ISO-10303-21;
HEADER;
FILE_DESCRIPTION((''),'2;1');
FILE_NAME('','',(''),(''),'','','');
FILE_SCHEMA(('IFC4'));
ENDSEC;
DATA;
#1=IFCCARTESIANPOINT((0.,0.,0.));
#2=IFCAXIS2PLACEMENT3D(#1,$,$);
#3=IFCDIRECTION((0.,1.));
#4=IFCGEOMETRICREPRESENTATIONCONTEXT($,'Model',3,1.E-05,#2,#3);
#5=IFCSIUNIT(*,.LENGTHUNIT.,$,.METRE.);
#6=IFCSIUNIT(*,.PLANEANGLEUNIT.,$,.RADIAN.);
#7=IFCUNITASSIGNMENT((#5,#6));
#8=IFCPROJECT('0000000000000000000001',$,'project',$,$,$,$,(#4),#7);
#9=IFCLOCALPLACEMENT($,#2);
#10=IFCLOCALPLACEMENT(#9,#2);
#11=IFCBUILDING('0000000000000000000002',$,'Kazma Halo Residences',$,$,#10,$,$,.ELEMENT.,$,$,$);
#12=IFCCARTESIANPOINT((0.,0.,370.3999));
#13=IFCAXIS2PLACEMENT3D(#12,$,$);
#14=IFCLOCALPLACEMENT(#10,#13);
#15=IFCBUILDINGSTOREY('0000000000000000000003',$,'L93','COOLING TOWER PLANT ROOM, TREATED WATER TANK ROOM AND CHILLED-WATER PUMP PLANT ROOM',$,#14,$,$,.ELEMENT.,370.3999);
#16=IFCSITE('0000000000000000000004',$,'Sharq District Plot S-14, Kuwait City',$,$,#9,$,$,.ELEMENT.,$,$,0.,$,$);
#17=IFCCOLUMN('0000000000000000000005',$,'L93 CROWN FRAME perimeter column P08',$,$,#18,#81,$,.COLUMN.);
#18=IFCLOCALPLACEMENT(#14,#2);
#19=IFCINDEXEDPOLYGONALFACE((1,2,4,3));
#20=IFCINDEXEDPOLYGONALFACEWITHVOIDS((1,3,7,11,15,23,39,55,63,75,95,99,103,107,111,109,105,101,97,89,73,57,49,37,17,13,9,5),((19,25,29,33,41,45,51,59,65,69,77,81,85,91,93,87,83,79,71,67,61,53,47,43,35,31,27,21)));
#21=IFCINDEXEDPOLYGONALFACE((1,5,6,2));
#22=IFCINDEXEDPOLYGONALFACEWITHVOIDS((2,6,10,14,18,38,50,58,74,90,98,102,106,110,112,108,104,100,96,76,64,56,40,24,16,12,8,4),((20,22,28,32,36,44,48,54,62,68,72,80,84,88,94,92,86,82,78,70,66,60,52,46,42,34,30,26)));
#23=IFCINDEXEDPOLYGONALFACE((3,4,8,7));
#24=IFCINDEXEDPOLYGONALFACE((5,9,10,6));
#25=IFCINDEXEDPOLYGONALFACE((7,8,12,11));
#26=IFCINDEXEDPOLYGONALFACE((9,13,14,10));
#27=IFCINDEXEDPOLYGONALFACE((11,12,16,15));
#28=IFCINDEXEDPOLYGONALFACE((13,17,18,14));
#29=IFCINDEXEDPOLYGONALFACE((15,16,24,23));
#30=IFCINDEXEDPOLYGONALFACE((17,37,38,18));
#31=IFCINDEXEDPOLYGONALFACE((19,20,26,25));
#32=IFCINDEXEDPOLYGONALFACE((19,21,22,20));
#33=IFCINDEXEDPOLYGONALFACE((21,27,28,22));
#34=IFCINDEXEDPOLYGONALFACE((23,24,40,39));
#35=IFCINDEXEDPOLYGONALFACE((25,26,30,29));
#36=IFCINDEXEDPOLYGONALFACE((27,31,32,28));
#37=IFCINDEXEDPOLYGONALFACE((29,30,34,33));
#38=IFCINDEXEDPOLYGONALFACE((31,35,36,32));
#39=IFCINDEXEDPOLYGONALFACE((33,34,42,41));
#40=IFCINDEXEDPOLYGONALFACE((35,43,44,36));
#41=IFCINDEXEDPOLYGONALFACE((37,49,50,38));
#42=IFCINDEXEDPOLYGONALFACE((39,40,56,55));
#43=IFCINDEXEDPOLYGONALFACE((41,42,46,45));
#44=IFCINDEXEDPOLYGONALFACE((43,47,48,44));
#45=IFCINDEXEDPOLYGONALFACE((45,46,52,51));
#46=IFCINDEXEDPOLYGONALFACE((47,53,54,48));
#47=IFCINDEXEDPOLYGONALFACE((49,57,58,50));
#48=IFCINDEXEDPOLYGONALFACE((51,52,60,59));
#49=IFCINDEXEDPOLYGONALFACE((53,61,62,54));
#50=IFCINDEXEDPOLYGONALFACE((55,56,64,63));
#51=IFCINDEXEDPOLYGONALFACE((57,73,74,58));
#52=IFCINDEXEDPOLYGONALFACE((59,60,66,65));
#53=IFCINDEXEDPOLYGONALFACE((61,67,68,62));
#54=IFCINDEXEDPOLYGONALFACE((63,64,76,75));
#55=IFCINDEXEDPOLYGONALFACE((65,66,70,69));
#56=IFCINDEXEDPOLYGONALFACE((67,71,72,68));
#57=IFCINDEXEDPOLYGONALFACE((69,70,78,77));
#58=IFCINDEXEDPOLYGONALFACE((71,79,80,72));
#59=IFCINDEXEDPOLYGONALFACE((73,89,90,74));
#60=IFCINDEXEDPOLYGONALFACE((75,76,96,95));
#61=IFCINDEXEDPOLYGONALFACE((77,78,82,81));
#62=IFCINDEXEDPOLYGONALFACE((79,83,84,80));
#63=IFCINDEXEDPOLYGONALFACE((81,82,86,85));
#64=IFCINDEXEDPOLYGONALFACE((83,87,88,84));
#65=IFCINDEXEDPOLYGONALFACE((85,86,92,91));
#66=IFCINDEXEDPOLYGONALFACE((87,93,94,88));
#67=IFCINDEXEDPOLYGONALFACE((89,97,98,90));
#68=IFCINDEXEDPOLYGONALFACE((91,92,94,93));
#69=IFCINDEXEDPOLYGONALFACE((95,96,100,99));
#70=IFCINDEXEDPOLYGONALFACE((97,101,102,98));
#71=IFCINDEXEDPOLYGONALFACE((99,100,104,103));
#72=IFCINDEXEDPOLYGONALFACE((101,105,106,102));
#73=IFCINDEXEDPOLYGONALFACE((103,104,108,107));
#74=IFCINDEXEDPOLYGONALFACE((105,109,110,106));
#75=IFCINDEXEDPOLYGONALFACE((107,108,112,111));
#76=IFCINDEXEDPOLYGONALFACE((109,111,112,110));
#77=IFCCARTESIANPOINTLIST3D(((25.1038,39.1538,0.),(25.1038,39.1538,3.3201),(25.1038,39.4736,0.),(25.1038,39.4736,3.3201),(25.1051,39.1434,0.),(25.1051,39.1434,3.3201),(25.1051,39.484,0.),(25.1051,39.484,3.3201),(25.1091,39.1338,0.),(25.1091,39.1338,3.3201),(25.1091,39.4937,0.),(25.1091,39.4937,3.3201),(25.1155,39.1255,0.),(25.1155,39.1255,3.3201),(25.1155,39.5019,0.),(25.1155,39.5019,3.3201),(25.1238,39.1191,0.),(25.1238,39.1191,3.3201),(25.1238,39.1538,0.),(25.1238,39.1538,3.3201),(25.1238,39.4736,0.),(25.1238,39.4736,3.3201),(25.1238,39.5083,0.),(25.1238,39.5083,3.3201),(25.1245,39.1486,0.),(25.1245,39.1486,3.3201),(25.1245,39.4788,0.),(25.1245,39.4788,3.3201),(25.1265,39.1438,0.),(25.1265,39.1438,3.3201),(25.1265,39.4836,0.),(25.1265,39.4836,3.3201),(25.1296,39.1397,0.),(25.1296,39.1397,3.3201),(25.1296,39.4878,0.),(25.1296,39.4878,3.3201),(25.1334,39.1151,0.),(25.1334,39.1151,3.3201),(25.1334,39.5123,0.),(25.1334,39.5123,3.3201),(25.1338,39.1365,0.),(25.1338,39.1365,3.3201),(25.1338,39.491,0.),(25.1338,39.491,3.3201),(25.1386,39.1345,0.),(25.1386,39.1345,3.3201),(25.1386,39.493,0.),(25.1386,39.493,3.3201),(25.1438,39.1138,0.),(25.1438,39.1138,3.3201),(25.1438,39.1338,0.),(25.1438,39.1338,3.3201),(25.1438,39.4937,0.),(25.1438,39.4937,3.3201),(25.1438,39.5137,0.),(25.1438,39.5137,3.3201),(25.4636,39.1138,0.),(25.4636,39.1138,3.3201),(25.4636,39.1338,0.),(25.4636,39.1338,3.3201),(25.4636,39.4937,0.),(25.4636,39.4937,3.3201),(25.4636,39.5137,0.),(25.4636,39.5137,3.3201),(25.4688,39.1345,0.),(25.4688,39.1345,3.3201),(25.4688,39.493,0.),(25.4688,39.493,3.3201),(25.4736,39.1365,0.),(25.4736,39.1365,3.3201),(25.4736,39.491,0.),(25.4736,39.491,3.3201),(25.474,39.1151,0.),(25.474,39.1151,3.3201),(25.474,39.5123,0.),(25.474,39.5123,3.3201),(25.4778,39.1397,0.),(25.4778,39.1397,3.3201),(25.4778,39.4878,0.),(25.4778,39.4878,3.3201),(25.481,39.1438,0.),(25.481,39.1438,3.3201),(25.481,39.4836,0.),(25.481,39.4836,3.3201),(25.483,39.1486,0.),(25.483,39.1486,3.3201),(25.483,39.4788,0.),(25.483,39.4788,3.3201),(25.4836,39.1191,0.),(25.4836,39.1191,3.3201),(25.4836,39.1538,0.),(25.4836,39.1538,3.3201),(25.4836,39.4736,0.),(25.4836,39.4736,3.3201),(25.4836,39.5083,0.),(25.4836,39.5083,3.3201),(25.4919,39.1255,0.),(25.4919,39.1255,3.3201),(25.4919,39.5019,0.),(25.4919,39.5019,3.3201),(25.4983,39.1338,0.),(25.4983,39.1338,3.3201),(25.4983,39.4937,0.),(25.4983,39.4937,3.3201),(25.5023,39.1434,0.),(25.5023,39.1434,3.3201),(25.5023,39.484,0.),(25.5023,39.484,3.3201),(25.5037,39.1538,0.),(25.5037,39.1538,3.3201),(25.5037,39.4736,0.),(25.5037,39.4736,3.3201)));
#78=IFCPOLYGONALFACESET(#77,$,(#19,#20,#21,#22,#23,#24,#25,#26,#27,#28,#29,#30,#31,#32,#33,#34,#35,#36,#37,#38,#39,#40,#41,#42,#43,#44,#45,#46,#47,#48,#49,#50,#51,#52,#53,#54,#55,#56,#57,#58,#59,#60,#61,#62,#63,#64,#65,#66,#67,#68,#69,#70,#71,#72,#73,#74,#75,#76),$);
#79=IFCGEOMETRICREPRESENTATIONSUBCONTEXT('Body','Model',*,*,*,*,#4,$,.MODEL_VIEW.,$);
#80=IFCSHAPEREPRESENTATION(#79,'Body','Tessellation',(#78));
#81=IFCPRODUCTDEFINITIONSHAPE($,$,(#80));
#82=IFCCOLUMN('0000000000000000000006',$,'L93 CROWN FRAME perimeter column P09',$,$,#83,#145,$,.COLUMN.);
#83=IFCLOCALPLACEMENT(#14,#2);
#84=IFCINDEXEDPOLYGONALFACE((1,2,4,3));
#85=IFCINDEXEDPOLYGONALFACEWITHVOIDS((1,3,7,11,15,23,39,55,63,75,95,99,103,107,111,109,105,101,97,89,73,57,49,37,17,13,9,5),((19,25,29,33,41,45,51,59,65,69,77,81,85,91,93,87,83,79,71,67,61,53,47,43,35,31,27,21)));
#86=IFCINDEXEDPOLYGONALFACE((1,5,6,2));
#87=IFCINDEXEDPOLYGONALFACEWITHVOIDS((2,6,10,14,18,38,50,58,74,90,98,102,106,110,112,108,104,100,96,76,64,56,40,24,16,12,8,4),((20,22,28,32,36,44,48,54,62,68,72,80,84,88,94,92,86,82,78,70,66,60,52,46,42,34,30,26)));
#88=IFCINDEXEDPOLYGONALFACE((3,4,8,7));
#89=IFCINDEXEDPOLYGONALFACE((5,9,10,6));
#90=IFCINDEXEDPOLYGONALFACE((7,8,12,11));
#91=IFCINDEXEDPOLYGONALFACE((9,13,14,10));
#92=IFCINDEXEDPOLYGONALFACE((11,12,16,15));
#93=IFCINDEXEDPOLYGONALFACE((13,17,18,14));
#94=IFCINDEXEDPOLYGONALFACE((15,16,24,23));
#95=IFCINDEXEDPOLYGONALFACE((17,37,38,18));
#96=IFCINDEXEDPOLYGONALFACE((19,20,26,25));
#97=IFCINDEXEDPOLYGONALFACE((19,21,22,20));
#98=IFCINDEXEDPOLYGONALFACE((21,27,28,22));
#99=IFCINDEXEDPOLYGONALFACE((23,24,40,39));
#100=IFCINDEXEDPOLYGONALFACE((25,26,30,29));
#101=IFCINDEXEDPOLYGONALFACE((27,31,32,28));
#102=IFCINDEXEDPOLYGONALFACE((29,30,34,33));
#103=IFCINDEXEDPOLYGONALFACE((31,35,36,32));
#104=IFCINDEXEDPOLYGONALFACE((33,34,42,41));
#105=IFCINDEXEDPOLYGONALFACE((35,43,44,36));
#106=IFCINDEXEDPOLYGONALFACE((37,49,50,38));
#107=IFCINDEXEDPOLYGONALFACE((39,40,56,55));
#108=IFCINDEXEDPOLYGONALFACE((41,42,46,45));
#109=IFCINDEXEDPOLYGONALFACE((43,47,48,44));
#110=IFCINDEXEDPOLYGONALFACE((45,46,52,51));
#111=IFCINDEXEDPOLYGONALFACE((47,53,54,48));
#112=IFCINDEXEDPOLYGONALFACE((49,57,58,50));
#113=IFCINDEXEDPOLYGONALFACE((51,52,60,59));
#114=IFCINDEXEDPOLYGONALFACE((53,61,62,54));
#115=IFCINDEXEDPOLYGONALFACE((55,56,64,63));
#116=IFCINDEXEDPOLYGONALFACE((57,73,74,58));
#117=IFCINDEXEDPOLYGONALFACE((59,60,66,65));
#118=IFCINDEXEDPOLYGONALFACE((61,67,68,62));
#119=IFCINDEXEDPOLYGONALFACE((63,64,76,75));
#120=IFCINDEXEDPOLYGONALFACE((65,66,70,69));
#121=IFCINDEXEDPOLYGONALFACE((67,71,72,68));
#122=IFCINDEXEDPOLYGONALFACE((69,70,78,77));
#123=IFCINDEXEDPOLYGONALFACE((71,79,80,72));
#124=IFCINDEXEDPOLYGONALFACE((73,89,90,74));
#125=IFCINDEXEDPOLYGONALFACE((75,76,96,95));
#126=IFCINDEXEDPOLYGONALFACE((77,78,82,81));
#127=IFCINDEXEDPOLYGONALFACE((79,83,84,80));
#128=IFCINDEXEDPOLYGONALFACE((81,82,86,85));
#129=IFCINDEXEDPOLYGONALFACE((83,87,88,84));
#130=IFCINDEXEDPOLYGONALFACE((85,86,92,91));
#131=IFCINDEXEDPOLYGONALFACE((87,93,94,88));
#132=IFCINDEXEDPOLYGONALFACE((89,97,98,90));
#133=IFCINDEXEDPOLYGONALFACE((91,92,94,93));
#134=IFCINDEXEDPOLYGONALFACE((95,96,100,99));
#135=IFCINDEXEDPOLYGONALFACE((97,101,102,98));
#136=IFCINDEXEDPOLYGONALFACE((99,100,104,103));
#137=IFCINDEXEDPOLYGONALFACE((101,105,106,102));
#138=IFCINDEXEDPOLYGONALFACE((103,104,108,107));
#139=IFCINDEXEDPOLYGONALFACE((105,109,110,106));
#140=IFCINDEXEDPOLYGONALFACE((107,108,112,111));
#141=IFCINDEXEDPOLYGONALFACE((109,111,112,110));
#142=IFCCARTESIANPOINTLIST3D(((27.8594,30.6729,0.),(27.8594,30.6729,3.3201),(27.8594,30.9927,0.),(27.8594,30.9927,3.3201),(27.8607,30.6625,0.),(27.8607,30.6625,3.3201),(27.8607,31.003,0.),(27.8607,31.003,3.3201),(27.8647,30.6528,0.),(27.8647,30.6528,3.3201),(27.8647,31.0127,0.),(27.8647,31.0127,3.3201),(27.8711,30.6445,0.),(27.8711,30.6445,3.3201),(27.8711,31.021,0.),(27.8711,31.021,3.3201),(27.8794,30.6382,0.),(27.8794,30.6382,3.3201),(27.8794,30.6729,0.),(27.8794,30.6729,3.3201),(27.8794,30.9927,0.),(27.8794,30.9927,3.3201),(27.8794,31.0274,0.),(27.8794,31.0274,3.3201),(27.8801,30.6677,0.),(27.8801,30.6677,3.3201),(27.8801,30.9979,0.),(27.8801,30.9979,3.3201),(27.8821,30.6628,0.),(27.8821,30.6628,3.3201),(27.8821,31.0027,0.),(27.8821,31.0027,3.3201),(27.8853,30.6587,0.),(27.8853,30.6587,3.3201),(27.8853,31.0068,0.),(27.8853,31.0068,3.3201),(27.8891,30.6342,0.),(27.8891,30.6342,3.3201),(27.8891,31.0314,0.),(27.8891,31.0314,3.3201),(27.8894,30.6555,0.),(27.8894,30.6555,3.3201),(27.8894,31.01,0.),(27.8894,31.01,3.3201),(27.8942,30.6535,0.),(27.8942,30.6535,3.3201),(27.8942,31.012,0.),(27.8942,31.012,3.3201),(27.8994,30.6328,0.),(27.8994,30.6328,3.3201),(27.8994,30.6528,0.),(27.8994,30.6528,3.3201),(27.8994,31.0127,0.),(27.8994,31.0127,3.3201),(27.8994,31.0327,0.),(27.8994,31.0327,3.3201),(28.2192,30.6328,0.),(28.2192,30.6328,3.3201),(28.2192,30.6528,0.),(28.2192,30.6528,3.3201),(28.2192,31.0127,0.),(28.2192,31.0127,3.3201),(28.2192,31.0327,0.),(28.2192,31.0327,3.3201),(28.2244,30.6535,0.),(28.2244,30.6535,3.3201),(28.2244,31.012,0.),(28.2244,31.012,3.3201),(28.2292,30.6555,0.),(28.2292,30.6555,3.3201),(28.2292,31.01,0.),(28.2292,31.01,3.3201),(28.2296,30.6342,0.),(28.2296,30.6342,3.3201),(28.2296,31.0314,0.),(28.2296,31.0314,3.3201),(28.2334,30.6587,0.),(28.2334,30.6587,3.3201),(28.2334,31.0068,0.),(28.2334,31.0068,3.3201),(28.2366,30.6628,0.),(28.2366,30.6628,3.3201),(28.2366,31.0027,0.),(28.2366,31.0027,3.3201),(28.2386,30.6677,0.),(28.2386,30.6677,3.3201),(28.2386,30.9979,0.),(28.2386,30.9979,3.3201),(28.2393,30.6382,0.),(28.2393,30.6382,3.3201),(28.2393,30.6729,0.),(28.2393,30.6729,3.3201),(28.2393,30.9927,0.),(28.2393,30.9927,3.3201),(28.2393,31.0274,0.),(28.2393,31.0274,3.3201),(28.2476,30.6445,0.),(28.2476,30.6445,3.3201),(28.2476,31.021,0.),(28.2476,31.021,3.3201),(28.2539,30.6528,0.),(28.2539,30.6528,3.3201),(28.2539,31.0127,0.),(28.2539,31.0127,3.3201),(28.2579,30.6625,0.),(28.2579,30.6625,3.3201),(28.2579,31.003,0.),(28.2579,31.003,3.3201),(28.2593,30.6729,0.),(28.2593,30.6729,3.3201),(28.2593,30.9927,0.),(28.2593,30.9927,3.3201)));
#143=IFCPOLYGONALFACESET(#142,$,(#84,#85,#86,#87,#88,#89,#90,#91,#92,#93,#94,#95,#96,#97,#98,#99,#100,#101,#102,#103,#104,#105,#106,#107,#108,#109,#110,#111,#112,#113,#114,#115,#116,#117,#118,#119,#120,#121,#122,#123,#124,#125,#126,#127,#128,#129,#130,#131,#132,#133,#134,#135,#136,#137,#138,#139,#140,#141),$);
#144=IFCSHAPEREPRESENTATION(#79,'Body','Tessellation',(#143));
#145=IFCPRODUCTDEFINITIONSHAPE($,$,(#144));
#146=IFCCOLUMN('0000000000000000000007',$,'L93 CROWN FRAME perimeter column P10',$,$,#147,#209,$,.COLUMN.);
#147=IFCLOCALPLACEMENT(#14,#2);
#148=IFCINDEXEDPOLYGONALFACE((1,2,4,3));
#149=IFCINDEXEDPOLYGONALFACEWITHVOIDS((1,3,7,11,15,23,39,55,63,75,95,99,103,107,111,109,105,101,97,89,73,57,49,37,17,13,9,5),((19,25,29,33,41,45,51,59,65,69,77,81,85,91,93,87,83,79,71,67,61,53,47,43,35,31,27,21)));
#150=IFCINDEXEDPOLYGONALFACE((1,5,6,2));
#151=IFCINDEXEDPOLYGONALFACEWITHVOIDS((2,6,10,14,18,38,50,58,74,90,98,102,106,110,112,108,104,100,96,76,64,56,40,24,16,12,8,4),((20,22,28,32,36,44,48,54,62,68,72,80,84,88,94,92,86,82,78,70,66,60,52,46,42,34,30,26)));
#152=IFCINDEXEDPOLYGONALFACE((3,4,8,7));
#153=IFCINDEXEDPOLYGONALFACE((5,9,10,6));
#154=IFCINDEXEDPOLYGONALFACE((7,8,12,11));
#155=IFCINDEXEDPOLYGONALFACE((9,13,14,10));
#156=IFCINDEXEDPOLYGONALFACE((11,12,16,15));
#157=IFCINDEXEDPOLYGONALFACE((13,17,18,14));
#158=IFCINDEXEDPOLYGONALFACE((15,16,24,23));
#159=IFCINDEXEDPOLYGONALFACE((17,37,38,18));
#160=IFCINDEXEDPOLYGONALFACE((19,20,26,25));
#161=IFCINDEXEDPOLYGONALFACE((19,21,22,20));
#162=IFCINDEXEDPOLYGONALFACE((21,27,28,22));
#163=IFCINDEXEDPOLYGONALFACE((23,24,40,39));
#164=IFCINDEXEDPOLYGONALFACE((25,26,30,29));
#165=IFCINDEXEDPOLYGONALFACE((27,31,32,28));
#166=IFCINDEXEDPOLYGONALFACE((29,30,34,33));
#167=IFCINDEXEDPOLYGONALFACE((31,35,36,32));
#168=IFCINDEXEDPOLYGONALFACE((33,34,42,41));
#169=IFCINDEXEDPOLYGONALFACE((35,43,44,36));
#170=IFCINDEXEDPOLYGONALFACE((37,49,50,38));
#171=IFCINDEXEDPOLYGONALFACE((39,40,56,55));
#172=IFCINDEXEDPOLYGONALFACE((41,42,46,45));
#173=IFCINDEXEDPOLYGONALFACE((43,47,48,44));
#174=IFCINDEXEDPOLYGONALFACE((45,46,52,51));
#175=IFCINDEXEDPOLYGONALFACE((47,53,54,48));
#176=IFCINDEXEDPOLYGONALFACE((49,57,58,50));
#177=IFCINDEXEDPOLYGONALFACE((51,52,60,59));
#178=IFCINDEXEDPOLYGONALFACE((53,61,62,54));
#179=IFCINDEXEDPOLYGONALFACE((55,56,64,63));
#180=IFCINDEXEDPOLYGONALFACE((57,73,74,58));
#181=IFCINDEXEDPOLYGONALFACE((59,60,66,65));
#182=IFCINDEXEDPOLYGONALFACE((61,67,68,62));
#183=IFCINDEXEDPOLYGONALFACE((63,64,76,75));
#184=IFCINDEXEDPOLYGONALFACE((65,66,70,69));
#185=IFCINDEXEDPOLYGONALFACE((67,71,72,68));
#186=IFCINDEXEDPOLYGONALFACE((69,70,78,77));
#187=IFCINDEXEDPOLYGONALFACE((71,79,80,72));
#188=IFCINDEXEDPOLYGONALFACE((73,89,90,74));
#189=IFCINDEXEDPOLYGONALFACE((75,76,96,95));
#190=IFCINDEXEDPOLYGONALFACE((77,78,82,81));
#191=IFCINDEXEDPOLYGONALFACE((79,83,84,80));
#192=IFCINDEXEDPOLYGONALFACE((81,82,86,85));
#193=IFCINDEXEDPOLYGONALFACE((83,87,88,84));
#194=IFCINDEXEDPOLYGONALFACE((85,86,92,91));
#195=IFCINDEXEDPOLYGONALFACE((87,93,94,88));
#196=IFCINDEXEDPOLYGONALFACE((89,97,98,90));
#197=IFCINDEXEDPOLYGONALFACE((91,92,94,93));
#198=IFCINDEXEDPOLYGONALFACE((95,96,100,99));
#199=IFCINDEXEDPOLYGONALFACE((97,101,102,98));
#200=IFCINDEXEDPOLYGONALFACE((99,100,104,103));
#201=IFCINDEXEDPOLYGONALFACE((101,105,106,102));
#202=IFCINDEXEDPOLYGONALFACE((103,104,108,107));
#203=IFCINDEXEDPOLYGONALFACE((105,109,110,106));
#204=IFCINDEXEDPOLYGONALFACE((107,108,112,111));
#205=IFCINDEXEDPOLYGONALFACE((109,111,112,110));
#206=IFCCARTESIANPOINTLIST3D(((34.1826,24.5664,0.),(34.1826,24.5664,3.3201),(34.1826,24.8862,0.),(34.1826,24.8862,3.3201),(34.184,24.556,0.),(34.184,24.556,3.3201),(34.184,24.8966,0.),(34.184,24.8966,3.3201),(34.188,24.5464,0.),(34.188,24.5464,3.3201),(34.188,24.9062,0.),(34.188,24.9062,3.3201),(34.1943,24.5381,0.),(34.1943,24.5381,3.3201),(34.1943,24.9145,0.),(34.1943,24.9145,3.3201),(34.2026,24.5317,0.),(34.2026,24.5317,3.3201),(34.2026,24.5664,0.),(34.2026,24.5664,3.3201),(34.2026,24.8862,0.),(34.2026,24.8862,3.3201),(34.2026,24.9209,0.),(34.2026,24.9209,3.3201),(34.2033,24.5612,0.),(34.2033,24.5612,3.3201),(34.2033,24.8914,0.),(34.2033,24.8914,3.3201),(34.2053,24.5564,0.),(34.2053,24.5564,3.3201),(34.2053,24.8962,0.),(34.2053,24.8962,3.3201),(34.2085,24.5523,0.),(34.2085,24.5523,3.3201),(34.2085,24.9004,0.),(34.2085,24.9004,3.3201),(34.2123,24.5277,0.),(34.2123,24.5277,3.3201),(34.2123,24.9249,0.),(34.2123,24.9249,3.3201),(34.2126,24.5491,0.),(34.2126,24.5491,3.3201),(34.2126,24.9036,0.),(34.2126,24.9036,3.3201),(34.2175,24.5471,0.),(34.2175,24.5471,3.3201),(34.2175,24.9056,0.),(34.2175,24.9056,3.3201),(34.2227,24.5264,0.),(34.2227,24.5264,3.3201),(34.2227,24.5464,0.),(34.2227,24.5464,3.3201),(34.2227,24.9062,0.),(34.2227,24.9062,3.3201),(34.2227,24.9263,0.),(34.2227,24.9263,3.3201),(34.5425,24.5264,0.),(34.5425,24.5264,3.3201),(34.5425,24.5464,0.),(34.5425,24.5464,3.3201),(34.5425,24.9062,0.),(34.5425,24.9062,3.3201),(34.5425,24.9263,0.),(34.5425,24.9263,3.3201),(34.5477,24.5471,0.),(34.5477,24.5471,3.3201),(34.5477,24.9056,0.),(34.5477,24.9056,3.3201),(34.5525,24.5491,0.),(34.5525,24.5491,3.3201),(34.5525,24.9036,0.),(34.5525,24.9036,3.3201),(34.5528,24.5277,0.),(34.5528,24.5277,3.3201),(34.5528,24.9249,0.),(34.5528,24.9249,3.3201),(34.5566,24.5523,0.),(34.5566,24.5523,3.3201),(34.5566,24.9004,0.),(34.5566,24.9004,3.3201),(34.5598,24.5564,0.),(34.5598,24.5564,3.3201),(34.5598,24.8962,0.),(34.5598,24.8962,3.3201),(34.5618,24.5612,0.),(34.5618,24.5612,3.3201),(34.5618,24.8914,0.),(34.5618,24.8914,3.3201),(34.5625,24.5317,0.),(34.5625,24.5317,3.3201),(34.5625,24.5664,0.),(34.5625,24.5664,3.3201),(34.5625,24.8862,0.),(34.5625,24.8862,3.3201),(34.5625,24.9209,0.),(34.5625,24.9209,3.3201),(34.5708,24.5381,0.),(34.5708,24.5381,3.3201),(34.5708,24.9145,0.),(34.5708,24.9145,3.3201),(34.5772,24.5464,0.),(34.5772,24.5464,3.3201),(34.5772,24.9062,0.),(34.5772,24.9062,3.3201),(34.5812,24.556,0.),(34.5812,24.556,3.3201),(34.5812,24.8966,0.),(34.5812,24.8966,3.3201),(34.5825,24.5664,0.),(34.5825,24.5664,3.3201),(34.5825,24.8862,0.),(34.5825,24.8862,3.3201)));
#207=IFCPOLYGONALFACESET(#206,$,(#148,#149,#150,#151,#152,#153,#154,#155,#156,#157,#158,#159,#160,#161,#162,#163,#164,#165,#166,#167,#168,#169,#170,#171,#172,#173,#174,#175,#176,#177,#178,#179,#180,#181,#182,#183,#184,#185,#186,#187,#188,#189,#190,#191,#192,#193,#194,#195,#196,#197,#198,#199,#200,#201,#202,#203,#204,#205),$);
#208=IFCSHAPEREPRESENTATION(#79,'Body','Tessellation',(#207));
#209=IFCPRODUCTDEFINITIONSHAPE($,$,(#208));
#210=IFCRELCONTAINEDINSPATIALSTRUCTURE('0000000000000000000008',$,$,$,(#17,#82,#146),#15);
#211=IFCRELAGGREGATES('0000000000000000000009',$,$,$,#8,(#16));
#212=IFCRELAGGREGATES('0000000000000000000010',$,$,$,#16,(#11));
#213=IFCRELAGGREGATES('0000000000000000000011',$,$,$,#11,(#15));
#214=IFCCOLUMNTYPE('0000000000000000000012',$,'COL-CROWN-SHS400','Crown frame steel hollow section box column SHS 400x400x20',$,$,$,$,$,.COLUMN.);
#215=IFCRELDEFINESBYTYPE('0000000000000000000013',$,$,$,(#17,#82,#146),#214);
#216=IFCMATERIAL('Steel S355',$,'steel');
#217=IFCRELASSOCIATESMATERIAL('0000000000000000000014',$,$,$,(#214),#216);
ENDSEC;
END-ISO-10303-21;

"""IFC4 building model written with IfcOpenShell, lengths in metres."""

from ifc_helpers import new_model, si_unit, direction, frame, origin, origin_2d, place, context, subcontext, project, spatial, hollow_rectangle, extrude, material, material_profile, profile_set, type_object, element, save


model = new_model("IFC4")

# Units and contexts
model_context = context("Model", 3, precision=1e-05, world=origin(), true_north=direction((0.0, 1.0)))
body_context = subcontext(model_context, "Body", "Model", "MODEL_VIEW")
ifc_project = project(units=[si_unit("LENGTHUNIT", "METRE"), si_unit("PLANEANGLEUNIT", "RADIAN")], contexts=[model_context])

# Site, building, storey
site_placement = place(None, origin())
site = spatial("IfcSite", under=ifc_project, at=site_placement, Name="Sharq District Plot S-14, Kuwait City", CompositionType="ELEMENT", RefElevation=0.0)
building_placement = place(site_placement, origin())
building = spatial("IfcBuilding", under=site, at=building_placement, Name="Kazma Halo Residences", CompositionType="ELEMENT")
storey_placement = place(building_placement, frame((0.0, 0.0, 370.3999)))
storey = spatial("IfcBuildingStorey", under=building, at=storey_placement, Name="L93", Description="COOLING TOWER PLANT ROOM, TREATED WATER TANK ROOM AND CHILLED-WATER PUMP PLANT ROOM", CompositionType="ELEMENT", Elevation=370.3999)

# Columns
ifc_material_1 = material(Name="Steel S355", Category="steel")
ifc_material_profile_1 = material_profile(ifc_material_1, hollow_rectangle(XDim=0.3999, YDim=0.3999, WallThickness=0.02, InnerFilletRadius=0.02, OuterFilletRadius=0.04, at=origin_2d()), Name="SHS400x400x20")
ifc_profile_set_1 = profile_set([ifc_material_profile_1], Name="Steel S355")
column_type = type_object("IfcColumnType", Name="COL-CROWN-SHS400", Description="Crown frame steel hollow section box column SHS 400x400x20", PredefinedType="COLUMN", material=ifc_profile_set_1)
for number, where, z_axis, x_axis, name in (
    (1, (25.3037, 39.3137, 0.0), (0.0, 0.0, 1.0), (1.0, 0.0, 0.0), "L93 CROWN FRAME perimeter column P08"),
    (2, (28.0593, 30.8328, 0.0), (0.0, 0.0, 1.0), (1.0, 0.0, 0.0), "L93 CROWN FRAME perimeter column P09"),
    (3, (34.3826, 24.7263, 0.0), (0.0, 0.0, 1.0), (1.0, 0.0, 0.0), "L93 CROWN FRAME perimeter column P10"),
):
    element("IfcColumn", number, at=place(storey_placement, frame(where, z_axis=z_axis, x_axis=x_axis)), inside=storey, type_object=column_type, Name=name, PredefinedType="COLUMN", context=body_context, shape_type="SweptSolid", body=[
        extrude(hollow_rectangle(XDim=0.3999, YDim=0.3999, WallThickness=0.02, InnerFilletRadius=0.02, OuterFilletRadius=0.04, at=origin_2d()), origin(), (0.0, 0.0, 1.0), 3.3201),
    ])

save(model, "model.ifc")
